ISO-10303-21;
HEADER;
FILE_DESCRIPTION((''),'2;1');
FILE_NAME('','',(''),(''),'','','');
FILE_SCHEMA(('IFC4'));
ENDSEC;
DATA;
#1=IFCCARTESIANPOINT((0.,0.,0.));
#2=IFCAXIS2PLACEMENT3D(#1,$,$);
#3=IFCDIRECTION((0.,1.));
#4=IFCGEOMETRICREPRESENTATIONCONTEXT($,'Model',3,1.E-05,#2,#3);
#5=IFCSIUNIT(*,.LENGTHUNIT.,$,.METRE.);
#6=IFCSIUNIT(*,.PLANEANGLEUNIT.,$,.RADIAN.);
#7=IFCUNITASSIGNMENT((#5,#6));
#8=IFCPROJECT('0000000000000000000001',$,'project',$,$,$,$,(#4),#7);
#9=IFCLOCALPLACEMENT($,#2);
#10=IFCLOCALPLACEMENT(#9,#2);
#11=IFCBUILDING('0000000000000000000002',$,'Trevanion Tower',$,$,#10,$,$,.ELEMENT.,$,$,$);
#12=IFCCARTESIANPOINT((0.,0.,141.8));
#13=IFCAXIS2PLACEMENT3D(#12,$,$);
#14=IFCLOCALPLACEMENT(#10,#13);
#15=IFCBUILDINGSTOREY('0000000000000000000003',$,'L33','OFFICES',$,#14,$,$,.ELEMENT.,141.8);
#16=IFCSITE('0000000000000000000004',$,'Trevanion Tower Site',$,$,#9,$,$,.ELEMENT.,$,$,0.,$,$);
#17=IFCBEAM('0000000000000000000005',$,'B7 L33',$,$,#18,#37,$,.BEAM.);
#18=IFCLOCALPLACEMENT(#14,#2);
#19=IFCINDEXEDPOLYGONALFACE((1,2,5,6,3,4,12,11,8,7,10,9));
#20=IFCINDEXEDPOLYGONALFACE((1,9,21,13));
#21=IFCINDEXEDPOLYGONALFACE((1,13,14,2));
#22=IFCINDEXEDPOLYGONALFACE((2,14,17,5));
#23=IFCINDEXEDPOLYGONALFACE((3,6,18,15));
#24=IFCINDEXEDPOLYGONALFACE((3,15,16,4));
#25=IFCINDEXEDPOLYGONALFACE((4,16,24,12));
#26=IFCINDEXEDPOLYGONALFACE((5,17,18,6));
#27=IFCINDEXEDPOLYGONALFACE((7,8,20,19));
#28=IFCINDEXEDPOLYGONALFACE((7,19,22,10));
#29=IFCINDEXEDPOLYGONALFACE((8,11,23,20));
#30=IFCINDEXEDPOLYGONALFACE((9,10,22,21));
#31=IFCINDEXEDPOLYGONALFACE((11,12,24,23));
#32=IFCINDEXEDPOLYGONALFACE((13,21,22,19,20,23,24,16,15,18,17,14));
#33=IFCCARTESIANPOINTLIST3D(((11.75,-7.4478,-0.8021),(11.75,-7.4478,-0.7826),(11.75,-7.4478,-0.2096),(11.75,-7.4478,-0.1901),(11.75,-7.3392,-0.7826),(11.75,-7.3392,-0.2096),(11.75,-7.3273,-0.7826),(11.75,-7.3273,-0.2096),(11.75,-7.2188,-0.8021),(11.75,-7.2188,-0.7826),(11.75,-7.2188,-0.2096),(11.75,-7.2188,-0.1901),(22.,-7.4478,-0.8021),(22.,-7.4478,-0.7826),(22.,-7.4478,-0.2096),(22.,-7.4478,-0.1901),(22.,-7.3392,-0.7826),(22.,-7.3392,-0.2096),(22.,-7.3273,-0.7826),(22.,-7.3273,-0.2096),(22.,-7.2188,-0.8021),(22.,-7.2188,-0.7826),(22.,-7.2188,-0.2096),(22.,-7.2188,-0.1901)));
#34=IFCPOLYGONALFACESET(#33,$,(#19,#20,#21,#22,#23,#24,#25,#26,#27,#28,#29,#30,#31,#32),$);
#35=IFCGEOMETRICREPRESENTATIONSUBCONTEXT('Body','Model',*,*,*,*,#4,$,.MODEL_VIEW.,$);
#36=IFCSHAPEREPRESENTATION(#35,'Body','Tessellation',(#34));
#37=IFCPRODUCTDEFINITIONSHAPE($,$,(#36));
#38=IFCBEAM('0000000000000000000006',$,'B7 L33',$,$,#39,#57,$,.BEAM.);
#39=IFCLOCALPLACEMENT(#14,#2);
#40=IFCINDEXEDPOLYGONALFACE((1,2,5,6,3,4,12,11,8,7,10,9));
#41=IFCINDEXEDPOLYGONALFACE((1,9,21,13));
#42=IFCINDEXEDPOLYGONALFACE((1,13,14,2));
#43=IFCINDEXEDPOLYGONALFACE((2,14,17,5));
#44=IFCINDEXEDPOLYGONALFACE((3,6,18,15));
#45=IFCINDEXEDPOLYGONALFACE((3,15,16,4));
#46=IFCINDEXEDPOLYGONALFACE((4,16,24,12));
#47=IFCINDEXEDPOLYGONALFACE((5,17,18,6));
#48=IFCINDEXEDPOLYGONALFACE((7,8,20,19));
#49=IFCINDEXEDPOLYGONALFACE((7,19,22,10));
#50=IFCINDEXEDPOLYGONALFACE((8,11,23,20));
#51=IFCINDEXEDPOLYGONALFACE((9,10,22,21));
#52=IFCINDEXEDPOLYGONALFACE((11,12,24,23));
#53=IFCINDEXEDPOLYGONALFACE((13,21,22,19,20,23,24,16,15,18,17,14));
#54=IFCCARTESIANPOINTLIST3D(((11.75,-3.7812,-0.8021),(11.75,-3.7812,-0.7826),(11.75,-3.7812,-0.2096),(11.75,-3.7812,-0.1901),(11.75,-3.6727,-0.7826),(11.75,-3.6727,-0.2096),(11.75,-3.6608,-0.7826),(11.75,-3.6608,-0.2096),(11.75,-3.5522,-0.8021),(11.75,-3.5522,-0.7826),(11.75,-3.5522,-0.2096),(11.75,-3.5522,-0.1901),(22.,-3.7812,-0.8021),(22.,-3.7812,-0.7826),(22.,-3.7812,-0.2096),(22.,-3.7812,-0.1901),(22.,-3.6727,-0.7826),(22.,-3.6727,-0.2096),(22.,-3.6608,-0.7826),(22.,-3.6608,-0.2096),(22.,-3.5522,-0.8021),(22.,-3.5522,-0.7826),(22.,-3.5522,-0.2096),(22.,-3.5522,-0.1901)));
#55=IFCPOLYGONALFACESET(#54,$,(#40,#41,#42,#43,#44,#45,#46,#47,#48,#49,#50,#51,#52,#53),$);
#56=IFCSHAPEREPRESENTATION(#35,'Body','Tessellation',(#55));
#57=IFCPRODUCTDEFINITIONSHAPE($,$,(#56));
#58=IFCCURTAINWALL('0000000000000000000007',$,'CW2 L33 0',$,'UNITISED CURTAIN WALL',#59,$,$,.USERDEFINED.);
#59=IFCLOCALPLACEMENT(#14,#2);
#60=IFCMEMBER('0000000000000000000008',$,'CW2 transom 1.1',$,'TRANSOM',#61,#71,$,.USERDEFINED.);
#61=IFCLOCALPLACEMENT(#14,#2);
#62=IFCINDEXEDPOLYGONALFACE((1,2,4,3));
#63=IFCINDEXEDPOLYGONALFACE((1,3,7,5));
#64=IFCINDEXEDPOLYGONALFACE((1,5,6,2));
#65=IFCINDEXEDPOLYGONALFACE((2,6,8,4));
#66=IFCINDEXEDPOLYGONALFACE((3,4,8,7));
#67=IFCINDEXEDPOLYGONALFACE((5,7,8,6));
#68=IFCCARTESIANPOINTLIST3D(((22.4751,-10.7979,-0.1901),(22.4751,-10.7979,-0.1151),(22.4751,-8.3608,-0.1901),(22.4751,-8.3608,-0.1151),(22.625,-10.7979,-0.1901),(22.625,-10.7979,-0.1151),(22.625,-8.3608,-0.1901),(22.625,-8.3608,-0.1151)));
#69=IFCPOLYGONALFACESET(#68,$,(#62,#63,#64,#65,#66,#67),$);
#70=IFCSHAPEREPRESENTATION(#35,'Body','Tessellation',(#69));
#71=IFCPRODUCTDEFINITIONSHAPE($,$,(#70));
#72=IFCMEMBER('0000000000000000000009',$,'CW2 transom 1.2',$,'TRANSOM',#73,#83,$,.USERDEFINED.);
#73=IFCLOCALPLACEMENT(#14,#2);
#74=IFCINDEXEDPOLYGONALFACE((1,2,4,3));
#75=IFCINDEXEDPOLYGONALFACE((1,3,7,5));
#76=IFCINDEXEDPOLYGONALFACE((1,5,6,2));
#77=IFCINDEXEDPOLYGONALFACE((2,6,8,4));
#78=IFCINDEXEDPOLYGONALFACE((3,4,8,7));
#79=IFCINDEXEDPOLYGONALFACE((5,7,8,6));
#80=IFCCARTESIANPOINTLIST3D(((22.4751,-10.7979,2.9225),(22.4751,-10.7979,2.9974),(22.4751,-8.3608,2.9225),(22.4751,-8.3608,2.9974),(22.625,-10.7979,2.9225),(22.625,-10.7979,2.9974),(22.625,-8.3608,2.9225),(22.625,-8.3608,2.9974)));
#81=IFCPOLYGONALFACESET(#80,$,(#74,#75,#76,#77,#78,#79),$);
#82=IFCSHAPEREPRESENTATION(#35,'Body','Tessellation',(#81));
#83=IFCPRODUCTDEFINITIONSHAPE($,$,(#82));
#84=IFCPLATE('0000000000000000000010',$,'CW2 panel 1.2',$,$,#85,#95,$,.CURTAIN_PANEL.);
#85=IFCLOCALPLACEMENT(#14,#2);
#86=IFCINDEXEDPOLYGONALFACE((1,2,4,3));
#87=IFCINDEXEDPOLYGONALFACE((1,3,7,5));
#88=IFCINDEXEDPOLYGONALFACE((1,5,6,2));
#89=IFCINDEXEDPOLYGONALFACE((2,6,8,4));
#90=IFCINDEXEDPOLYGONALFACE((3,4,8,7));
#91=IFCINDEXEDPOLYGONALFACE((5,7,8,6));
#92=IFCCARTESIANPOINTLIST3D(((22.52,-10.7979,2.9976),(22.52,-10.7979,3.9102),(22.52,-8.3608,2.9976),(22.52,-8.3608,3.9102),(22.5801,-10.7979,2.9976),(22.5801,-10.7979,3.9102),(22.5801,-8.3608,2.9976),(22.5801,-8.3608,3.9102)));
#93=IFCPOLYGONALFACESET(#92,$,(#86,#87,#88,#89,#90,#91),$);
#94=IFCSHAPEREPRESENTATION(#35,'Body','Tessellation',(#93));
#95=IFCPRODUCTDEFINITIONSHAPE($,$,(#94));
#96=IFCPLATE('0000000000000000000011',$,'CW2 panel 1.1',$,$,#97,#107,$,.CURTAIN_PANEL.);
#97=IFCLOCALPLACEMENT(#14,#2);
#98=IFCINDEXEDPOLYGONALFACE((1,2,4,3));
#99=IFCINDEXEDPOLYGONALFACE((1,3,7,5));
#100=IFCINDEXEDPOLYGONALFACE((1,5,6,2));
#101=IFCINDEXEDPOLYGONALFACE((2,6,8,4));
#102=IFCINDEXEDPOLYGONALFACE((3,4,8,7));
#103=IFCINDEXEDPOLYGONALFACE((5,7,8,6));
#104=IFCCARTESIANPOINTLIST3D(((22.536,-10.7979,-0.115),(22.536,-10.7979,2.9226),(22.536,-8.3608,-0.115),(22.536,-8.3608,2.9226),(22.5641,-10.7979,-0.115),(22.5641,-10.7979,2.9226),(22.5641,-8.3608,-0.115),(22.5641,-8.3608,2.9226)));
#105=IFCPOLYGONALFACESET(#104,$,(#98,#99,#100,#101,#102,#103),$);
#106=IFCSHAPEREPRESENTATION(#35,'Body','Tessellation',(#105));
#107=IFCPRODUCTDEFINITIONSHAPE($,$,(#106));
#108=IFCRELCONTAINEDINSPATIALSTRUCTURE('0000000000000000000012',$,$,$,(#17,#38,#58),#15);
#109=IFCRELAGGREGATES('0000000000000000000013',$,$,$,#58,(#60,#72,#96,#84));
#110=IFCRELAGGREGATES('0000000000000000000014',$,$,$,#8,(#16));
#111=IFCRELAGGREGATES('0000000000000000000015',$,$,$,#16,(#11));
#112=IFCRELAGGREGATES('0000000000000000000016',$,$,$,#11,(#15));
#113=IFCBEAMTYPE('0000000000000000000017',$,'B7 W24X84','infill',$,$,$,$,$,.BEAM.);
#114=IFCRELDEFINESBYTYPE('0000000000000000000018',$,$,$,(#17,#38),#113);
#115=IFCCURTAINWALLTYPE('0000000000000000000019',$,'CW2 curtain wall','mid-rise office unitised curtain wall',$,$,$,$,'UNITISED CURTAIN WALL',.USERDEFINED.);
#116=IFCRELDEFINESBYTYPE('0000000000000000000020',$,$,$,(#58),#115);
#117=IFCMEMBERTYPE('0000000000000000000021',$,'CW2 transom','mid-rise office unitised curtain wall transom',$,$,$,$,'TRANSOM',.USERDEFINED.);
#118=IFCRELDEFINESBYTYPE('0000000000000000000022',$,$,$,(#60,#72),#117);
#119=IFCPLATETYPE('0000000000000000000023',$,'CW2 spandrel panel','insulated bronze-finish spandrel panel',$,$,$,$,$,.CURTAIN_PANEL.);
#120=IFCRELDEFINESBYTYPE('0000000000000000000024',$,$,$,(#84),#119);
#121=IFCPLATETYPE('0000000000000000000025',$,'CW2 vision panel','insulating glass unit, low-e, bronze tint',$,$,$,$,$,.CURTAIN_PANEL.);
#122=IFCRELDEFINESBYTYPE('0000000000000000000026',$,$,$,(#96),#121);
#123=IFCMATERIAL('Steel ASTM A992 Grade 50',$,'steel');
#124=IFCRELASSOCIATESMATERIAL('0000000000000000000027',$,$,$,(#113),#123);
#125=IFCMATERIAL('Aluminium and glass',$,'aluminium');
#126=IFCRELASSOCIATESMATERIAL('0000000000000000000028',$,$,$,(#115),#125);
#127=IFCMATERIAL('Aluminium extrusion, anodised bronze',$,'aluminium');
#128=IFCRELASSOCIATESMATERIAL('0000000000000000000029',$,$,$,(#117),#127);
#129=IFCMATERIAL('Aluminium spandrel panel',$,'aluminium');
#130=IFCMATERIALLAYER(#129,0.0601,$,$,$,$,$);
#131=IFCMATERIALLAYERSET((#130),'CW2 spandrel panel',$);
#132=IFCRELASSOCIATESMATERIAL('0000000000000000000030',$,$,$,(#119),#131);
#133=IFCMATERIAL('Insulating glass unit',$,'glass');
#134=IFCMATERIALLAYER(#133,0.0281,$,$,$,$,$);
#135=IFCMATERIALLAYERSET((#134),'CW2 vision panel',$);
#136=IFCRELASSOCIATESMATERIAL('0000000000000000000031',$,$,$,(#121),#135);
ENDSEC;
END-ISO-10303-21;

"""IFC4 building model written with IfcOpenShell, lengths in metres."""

from ifc_helpers import new_model, si_unit, direction, frame, origin, origin_2d, place, context, subcontext, project, spatial, rectangle, i_section, extrude, material, layer, layer_set, material_profile, profile_set, type_object, element, aggregate, save


model = new_model("IFC4")

# Units and contexts
model_context = context("Model", 3, precision=1e-05, world=origin(), true_north=direction((0.0, 1.0)))
body_context = subcontext(model_context, "Body", "Model", "MODEL_VIEW")
ifc_project = project(units=[si_unit("LENGTHUNIT", "METRE"), si_unit("PLANEANGLEUNIT", "RADIAN")], contexts=[model_context])

# Site, building, storey
site_placement = place(None, origin())
site = spatial("IfcSite", under=ifc_project, at=site_placement, Name="Trevanion Tower Site", CompositionType="ELEMENT", RefElevation=0.0)
building_placement = place(site_placement, origin())
building = spatial("IfcBuilding", under=site, at=building_placement, Name="Trevanion Tower", CompositionType="ELEMENT")
storey_placement = place(building_placement, frame((0.0, 0.0, 141.8)))
storey = spatial("IfcBuildingStorey", under=building, at=storey_placement, Name="L33", Description="OFFICES", CompositionType="ELEMENT", Elevation=141.8)

# Beams
ifc_material_1 = material(Name="Steel ASTM A992 Grade 50", Category="steel")
ifc_material_profile_1 = material_profile(ifc_material_1, i_section(OverallWidth=0.229, OverallDepth=0.6121, WebThickness=0.012, FlangeThickness=0.0195, at=origin_2d()), Name="W24X84")
ifc_profile_set_1 = profile_set([ifc_material_profile_1], Name="Steel ASTM A992 Grade 50")
beam_type = type_object("IfcBeamType", Name="B7 W24X84", Description="infill", PredefinedType="BEAM", material=ifc_profile_set_1)
for number, where, z_axis, x_axis, name in (
    (1, (11.75, -7.3333, -0.4961), (1.0, 0.0, 0.0), (0.0, 1.0, 0.0), "B7 L33"),
    (2, (11.75, -3.6667, -0.4961), (1.0, 0.0, 0.0), (0.0, 1.0, 0.0), "B7 L33"),
):
    element("IfcBeam", number, at=place(storey_placement, frame(where, z_axis=z_axis, x_axis=x_axis)), inside=storey, type_object=beam_type, Name=name, PredefinedType="BEAM", context=body_context, shape_type="SweptSolid", body=[
        extrude(i_section(OverallWidth=0.229, OverallDepth=0.6121, WebThickness=0.012, FlangeThickness=0.0195, at=origin_2d()), origin(), (0.0, 0.0, 1.0), 10.25),
    ])

# Curtain wall, members, plates
ifc_material_2 = material(Name="Aluminium and glass", Category="aluminium")
curtain_wall_type = type_object("IfcCurtainWallType", Name="CW2 curtain wall", Description="mid-rise office unitised curtain wall", ElementType="UNITISED CURTAIN WALL", PredefinedType="USERDEFINED", material=ifc_material_2)
curtain_wall_placement = place(storey_placement, origin())
curtain_wall = element("IfcCurtainWall", 3, at=curtain_wall_placement, inside=storey, type_object=curtain_wall_type, Name="CW2 L33 0", ObjectType="UNITISED CURTAIN WALL", PredefinedType="USERDEFINED")
ifc_material_3 = material(Name="Aluminium extrusion, anodised bronze", Category="aluminium")
ifc_material_profile_2 = material_profile(ifc_material_3, rectangle(XDim=0.1499, YDim=0.075, at=origin_2d()), Name="CW2 transom")
ifc_profile_set_2 = profile_set([ifc_material_profile_2], Name="Aluminium extrusion, anodised bronze")
member_type = type_object("IfcMemberType", Name="CW2 transom", Description="mid-rise office unitised curtain wall transom", ElementType="TRANSOM", PredefinedType="USERDEFINED", material=ifc_profile_set_2)
member_1_placement = place(storey_placement, frame((22.55, -10.7979, -0.1526), z_axis=(0.0, 1.0, 0.0), x_axis=(-1.0, 0.0, 0.0)))
member_1 = element("IfcMember", 4, at=member_1_placement, type_object=member_type, Name="CW2 transom 1.1", ObjectType="TRANSOM", PredefinedType="USERDEFINED", context=body_context, shape_type="SweptSolid", body=[
    extrude(rectangle(XDim=0.1499, YDim=0.075, at=origin_2d()), origin(), (0.0, 0.0, 1.0), 2.437),
])
member_2_placement = place(storey_placement, frame((22.55, -10.7979, 2.96), z_axis=(0.0, 1.0, 0.0), x_axis=(-1.0, 0.0, 0.0)))
member_2 = element("IfcMember", 5, at=member_2_placement, type_object=member_type, Name="CW2 transom 1.2", ObjectType="TRANSOM", PredefinedType="USERDEFINED", context=body_context, shape_type="SweptSolid", body=[
    extrude(rectangle(XDim=0.1499, YDim=0.075, at=origin_2d()), origin(), (0.0, 0.0, 1.0), 2.437),
])
ifc_material_4 = material(Name="Aluminium spandrel panel", Category="aluminium")
ifc_layer_1 = layer(ifc_material_4, 0.0601)
ifc_layer_set_1 = layer_set([ifc_layer_1], Name="CW2 spandrel panel")
plate_type_1 = type_object("IfcPlateType", Name="CW2 spandrel panel", Description="insulated bronze-finish spandrel panel", PredefinedType="CURTAIN_PANEL", material=ifc_layer_set_1)
plate_1_placement = place(storey_placement, frame((22.55, -9.5793, 2.9976), z_axis=(0.0, 0.0, 1.0), x_axis=(0.0, 1.0, 0.0)))
plate_1 = element("IfcPlate", 6, at=plate_1_placement, type_object=plate_type_1, Name="CW2 panel 1.2", PredefinedType="CURTAIN_PANEL", context=body_context, shape_type="SweptSolid", body=[
    extrude(rectangle(XDim=2.437, YDim=0.0601, at=origin_2d()), origin(), (0.0, 0.0, 1.0), 0.9126),
])
ifc_material_5 = material(Name="Insulating glass unit", Category="glass")
ifc_layer_2 = layer(ifc_material_5, 0.0281)
ifc_layer_set_2 = layer_set([ifc_layer_2], Name="CW2 vision panel")
plate_type_2 = type_object("IfcPlateType", Name="CW2 vision panel", Description="insulating glass unit, low-e, bronze tint", PredefinedType="CURTAIN_PANEL", material=ifc_layer_set_2)
plate_2_placement = place(storey_placement, frame((22.55, -9.5793, -0.115), z_axis=(0.0, 0.0, 1.0), x_axis=(0.0, 1.0, 0.0)))
plate_2 = element("IfcPlate", 7, at=plate_2_placement, type_object=plate_type_2, Name="CW2 panel 1.1", PredefinedType="CURTAIN_PANEL", context=body_context, shape_type="SweptSolid", body=[
    extrude(rectangle(XDim=2.437, YDim=0.0281, at=origin_2d()), origin(), (0.0, 0.0, 1.0), 3.0376),
])
aggregate(curtain_wall, [member_1, member_2, plate_2, plate_1])

save(model, "model.ifc")
